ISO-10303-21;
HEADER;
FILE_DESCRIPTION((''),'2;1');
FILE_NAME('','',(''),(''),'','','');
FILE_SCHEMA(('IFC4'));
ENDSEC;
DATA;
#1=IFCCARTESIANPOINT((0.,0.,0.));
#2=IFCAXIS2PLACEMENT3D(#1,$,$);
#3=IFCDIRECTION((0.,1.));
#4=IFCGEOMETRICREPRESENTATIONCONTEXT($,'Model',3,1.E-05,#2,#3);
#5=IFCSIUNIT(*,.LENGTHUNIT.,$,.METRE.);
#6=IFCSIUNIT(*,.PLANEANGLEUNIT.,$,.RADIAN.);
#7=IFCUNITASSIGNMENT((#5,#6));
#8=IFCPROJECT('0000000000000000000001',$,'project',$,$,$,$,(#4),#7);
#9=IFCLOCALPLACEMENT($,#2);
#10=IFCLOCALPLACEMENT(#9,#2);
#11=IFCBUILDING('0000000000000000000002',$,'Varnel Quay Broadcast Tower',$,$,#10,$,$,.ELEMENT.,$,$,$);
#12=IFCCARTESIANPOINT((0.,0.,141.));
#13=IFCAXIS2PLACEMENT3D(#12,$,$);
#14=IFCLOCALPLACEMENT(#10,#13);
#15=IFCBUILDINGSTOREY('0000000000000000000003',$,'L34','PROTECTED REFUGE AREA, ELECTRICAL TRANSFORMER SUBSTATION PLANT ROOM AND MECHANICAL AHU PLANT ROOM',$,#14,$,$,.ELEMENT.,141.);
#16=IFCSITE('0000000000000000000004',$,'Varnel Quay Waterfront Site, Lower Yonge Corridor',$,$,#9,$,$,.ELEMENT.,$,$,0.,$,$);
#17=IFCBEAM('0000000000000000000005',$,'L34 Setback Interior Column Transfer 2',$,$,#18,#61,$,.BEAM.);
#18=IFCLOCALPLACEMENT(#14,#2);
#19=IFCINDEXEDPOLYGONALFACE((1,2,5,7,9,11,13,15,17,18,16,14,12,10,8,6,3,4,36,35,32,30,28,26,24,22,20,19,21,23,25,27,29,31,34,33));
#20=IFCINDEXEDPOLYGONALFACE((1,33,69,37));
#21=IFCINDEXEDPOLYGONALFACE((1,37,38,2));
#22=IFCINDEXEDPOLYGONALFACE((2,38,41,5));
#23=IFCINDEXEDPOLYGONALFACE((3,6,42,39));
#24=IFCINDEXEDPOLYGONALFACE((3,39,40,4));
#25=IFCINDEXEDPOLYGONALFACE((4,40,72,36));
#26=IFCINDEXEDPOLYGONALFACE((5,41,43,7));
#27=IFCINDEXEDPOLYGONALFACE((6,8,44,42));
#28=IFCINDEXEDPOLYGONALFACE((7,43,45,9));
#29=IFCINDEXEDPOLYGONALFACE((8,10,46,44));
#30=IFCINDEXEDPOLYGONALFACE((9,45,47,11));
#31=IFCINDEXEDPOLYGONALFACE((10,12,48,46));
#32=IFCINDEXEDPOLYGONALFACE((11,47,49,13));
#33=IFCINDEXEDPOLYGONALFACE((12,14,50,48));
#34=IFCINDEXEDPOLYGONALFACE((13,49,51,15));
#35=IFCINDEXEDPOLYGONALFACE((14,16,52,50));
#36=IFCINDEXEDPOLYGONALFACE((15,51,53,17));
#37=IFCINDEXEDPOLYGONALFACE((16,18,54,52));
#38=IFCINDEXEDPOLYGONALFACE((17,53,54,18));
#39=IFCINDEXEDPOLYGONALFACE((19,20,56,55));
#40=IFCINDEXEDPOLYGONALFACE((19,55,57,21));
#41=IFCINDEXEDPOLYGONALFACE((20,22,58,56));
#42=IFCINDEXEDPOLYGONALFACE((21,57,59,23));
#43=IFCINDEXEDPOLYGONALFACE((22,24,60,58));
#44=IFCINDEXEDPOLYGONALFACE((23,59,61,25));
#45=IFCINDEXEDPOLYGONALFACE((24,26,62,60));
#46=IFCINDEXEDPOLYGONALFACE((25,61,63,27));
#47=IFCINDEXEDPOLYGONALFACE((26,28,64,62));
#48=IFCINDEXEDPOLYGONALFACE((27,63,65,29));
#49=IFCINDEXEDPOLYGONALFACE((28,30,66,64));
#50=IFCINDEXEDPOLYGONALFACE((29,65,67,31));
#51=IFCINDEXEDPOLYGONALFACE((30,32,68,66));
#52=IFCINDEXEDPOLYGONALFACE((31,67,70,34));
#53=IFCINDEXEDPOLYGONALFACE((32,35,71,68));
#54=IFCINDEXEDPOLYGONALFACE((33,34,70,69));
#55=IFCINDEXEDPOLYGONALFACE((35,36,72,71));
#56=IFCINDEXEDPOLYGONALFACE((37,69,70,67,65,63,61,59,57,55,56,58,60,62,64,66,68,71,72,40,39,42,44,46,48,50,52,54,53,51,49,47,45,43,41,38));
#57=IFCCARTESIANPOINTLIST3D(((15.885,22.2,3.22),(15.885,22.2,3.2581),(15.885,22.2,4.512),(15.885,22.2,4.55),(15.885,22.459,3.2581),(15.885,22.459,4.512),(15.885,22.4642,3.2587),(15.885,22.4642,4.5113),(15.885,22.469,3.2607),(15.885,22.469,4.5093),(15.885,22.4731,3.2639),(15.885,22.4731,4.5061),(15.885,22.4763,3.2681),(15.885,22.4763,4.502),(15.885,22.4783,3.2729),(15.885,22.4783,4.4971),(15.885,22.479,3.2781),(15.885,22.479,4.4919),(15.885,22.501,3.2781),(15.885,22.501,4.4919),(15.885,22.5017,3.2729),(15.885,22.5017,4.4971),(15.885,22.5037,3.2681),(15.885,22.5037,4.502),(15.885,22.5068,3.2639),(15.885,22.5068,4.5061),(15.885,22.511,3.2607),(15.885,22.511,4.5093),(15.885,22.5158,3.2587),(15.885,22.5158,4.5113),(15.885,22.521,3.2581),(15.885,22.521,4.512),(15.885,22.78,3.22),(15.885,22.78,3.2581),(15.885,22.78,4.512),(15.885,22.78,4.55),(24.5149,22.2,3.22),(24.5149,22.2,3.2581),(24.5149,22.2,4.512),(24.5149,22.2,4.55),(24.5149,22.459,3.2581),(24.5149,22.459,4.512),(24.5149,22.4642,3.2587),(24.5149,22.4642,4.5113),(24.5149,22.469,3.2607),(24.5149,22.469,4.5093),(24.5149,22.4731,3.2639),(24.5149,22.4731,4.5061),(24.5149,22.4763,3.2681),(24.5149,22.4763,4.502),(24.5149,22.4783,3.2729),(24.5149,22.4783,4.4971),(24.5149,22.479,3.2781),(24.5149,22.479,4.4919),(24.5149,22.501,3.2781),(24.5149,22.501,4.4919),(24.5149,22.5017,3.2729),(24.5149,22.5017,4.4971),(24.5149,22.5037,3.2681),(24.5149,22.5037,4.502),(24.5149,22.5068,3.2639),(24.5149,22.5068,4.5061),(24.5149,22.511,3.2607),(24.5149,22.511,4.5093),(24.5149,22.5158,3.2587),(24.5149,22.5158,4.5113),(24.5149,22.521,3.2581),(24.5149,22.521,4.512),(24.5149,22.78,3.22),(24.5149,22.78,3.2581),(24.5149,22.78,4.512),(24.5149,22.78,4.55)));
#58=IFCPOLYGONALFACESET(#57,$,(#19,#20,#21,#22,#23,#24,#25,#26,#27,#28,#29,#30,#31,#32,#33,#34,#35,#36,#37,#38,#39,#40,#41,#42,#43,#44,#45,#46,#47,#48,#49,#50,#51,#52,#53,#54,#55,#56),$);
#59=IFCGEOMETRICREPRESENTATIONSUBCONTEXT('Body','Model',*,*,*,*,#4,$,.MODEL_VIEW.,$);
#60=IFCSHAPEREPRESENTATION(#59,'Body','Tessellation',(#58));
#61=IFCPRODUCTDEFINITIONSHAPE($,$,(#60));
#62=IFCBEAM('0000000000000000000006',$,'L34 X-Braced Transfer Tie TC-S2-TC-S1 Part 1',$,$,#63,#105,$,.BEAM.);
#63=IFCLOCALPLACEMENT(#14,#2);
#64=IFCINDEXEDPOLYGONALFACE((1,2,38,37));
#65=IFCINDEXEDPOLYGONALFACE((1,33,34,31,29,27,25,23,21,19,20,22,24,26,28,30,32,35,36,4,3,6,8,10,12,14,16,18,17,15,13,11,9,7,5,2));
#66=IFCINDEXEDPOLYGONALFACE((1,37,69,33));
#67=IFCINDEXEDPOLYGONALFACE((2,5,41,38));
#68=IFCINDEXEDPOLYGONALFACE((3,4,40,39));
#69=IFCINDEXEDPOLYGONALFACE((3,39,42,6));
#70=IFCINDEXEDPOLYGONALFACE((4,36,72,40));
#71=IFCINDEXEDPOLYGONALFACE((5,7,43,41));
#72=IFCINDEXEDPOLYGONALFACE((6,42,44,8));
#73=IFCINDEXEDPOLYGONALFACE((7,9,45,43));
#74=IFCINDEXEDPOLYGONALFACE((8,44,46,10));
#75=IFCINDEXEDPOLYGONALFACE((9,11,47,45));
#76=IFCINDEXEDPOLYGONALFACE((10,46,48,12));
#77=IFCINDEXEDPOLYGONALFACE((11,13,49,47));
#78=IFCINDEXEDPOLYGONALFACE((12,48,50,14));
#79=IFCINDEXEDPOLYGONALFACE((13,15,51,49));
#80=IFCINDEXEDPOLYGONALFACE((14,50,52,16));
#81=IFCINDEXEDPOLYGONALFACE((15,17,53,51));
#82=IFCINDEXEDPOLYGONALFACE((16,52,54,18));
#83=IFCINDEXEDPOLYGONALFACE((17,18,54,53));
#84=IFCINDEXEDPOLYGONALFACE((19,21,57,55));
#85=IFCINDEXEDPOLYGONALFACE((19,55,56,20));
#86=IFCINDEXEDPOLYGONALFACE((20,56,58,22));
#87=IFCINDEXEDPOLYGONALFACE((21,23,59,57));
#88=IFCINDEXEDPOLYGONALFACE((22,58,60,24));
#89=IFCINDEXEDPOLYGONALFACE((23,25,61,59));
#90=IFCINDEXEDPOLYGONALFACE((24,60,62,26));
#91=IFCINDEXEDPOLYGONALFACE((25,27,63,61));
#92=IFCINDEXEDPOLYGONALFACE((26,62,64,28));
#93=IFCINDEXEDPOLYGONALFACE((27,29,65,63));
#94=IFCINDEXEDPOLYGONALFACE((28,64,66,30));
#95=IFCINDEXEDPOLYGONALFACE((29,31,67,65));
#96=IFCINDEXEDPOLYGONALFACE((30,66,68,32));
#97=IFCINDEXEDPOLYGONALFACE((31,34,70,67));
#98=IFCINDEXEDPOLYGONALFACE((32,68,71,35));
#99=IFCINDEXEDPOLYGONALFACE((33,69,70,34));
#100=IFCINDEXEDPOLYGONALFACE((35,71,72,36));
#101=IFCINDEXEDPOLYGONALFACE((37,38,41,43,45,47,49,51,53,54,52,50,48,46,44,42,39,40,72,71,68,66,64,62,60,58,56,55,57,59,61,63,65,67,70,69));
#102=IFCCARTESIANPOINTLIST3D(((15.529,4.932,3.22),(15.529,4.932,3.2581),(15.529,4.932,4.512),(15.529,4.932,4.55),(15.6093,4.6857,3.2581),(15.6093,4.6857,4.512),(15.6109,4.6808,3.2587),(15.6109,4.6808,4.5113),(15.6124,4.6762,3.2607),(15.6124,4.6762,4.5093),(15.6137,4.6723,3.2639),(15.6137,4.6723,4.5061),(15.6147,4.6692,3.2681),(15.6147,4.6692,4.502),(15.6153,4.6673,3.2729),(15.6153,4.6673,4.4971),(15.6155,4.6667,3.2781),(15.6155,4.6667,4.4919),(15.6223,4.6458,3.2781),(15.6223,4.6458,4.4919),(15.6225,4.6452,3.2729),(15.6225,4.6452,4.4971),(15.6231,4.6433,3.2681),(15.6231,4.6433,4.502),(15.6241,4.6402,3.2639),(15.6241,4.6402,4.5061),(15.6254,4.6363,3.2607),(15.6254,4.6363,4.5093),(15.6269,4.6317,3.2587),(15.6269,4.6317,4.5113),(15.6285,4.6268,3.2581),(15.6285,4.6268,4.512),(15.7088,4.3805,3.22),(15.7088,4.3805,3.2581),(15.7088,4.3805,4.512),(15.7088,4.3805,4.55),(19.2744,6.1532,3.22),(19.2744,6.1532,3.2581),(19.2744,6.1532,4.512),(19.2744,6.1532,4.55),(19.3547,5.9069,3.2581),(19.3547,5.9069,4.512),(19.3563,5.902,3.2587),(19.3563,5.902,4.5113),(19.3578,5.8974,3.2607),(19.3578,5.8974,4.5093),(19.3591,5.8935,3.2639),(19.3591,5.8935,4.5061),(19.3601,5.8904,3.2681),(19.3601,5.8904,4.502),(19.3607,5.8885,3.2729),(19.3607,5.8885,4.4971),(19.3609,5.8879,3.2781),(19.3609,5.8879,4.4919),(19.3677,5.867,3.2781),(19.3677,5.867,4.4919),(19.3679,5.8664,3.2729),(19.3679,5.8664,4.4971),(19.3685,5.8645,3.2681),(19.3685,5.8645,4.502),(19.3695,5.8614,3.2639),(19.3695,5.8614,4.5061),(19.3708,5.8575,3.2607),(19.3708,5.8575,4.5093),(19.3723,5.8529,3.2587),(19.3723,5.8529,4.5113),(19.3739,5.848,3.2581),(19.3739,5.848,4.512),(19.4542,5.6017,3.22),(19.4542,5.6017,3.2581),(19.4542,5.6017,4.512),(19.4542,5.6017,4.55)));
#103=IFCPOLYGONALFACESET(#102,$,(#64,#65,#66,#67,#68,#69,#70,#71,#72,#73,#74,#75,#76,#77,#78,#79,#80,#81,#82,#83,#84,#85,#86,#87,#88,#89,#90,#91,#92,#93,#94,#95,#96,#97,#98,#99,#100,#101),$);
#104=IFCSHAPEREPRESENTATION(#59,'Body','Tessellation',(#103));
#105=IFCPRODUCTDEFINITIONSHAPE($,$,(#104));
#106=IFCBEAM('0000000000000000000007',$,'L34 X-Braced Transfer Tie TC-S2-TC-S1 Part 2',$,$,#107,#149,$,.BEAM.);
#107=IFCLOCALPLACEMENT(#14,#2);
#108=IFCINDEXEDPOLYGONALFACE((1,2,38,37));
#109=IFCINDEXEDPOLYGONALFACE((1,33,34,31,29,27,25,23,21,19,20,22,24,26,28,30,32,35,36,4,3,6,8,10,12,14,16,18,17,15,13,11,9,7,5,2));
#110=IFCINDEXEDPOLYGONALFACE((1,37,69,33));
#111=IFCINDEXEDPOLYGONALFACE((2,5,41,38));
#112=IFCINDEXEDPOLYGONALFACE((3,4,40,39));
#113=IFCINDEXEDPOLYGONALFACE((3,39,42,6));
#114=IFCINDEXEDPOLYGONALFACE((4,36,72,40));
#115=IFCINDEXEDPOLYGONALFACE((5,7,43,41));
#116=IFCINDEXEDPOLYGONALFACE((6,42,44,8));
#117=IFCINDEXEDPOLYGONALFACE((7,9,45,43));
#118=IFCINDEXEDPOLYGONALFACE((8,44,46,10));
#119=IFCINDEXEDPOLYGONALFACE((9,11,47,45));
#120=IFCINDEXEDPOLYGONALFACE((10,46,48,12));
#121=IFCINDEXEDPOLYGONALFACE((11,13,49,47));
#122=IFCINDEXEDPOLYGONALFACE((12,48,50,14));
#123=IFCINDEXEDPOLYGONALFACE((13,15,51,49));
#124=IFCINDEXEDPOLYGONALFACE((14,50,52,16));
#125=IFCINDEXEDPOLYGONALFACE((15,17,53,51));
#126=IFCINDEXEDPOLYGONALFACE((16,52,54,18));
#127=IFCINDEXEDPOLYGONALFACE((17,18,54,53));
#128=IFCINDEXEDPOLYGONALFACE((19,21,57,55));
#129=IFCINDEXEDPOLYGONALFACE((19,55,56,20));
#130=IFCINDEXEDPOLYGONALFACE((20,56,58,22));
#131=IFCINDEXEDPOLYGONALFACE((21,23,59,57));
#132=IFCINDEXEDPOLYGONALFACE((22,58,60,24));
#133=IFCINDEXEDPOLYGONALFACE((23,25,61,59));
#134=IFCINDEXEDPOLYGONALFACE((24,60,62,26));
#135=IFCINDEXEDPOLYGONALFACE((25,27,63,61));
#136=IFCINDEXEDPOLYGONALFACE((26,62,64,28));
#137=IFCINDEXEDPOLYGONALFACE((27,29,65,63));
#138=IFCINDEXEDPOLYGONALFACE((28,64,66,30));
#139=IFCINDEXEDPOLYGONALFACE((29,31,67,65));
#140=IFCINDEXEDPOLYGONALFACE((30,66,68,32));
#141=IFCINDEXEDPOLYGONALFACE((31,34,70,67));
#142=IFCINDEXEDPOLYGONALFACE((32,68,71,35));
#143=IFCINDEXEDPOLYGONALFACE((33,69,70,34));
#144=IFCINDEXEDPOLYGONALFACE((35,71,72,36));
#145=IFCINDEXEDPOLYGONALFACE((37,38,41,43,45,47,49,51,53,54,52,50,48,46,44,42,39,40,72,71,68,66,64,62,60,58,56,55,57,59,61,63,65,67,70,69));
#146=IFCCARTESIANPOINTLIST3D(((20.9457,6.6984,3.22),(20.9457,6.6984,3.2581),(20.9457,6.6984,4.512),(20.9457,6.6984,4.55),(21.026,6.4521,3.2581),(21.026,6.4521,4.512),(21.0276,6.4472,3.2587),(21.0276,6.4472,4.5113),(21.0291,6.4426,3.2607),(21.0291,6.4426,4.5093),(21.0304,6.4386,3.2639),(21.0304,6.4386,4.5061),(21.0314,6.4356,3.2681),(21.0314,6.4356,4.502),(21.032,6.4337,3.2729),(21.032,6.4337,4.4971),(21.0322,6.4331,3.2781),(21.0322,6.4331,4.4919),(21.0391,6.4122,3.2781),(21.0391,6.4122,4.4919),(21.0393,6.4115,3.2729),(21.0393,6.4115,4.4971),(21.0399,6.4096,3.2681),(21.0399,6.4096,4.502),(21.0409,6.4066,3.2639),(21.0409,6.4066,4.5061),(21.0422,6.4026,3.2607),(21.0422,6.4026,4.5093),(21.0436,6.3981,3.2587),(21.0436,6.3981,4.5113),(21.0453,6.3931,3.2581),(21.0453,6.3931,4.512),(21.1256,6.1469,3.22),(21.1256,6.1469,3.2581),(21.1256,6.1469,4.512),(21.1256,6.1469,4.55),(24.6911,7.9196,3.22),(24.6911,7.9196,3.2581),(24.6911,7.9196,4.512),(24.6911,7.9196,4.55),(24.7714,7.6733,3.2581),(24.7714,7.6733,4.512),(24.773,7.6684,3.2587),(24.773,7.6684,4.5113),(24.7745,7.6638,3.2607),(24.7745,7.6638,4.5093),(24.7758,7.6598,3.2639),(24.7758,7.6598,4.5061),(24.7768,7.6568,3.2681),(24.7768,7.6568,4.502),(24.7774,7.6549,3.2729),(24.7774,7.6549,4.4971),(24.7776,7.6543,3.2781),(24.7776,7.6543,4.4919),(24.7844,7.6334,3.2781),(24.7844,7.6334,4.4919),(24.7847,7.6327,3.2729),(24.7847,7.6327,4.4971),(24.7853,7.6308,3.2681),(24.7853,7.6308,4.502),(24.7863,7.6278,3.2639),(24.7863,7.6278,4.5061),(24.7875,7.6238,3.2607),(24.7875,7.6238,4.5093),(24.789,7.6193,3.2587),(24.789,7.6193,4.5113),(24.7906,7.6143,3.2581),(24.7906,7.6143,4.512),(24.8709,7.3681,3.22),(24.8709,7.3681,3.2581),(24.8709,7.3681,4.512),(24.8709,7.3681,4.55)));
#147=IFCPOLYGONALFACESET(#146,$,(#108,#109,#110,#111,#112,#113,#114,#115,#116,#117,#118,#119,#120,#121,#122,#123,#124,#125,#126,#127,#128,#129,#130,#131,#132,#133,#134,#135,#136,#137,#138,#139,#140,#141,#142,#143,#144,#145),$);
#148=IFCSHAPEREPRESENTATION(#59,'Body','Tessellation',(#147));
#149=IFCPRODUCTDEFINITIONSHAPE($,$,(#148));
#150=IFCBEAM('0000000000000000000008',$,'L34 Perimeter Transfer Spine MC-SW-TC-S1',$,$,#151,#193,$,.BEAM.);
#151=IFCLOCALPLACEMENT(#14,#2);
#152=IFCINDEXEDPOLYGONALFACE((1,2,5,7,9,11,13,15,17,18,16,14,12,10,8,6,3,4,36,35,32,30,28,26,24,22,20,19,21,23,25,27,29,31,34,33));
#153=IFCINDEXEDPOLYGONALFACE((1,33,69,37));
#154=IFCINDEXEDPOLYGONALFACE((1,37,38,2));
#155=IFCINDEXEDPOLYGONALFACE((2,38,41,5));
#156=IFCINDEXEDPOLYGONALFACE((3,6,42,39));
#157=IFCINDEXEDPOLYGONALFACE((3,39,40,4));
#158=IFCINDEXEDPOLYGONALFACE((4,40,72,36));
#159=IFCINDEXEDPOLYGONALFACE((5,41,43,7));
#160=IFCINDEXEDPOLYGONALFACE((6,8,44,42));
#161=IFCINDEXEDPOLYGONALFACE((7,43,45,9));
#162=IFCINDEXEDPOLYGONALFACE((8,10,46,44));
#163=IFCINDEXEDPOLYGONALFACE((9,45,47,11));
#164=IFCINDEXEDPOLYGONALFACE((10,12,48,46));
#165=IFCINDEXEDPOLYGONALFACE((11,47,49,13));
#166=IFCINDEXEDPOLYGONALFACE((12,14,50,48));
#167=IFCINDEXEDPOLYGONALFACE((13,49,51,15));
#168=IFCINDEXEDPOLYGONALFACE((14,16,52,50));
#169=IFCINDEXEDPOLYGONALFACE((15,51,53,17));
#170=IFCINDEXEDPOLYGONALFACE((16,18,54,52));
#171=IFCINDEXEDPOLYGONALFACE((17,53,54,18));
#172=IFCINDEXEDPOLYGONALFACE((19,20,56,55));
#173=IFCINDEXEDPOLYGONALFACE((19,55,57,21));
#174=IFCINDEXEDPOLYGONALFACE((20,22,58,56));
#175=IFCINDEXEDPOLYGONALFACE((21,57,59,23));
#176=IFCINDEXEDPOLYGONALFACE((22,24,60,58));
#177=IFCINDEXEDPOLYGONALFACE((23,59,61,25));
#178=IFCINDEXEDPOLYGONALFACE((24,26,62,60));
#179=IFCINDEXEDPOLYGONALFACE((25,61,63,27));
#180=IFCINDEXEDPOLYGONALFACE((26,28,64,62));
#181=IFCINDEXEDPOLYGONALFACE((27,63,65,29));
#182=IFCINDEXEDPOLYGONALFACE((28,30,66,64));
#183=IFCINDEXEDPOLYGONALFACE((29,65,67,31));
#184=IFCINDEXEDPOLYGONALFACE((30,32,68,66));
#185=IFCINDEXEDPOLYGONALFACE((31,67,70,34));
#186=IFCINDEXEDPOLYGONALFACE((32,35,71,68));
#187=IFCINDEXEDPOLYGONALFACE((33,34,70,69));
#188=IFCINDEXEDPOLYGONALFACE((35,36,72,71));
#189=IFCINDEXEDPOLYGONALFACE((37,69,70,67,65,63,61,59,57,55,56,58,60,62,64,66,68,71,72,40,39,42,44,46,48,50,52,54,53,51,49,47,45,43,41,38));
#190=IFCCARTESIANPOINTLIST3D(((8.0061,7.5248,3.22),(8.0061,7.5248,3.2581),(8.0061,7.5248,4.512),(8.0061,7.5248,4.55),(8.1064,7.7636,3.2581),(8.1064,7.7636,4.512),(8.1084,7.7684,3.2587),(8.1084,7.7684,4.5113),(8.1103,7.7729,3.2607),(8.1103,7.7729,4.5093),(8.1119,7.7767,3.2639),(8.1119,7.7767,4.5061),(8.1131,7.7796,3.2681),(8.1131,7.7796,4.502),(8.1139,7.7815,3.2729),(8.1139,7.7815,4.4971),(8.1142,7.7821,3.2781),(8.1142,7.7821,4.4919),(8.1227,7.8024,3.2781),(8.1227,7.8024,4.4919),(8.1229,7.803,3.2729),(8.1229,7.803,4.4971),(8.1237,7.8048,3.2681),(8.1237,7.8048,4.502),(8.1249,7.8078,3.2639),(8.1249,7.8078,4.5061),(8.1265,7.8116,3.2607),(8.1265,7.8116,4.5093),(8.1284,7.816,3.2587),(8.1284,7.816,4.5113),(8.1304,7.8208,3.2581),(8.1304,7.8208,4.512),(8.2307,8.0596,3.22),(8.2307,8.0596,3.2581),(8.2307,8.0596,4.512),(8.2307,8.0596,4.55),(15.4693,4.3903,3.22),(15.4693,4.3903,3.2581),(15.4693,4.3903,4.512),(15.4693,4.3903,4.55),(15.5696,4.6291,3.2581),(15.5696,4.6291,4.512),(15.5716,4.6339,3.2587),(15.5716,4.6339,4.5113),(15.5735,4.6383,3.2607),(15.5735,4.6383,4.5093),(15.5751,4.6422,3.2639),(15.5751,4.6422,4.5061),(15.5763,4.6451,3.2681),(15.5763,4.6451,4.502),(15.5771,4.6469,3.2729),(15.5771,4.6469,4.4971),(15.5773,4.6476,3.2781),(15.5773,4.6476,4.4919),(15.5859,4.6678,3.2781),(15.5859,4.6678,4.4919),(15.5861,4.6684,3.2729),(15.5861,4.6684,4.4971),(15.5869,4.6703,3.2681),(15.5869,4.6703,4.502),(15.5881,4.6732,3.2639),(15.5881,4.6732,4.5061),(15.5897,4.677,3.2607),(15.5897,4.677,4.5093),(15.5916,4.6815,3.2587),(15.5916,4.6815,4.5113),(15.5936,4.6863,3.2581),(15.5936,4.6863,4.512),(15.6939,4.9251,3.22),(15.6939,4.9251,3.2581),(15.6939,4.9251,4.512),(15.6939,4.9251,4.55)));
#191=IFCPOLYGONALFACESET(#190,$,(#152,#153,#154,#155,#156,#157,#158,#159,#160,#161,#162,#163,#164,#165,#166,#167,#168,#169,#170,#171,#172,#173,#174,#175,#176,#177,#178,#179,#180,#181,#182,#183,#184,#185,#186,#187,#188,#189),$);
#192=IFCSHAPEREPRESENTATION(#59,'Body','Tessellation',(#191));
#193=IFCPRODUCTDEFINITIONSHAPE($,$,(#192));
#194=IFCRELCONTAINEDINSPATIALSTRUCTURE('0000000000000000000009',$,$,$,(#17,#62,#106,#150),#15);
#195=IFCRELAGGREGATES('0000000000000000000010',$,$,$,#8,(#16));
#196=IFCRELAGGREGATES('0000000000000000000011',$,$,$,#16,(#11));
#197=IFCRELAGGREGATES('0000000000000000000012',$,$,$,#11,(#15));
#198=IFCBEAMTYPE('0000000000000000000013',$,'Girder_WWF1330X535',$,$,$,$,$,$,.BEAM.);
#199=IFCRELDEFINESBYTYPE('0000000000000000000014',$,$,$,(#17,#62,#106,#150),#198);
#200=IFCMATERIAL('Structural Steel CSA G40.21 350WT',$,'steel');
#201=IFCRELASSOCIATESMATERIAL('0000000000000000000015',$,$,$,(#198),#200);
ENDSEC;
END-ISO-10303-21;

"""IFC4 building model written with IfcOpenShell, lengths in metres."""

from ifc_helpers import new_model, si_unit, direction, frame, origin, origin_2d, place, context, subcontext, project, spatial, i_section, extrude, source, transform, mapped, material, material_profile, profile_set, type_object, element, save


model = new_model("IFC4")

# Units and contexts
model_context = context("Model", 3, precision=1e-05, world=origin(), true_north=direction((0.0, 1.0)))
body_context = subcontext(model_context, "Body", "Model", "MODEL_VIEW")
ifc_project = project(units=[si_unit("LENGTHUNIT", "METRE"), si_unit("PLANEANGLEUNIT", "RADIAN")], contexts=[model_context])

# Site, building, storey
site_placement = place(None, origin())
site = spatial("IfcSite", under=ifc_project, at=site_placement, Name="Varnel Quay Waterfront Site, Lower Yonge Corridor", CompositionType="ELEMENT", RefElevation=0.0)
building_placement = place(site_placement, origin())
building = spatial("IfcBuilding", under=site, at=building_placement, Name="Varnel Quay Broadcast Tower", CompositionType="ELEMENT")
storey_placement = place(building_placement, frame((0.0, 0.0, 141.0)))
storey = spatial("IfcBuildingStorey", under=building, at=storey_placement, Name="L34", Description="PROTECTED REFUGE AREA, ELECTRICAL TRANSFORMER SUBSTATION PLANT ROOM AND MECHANICAL AHU PLANT ROOM", CompositionType="ELEMENT", Elevation=141.0)

# Beams
ifc_material_1 = material(Name="Structural Steel CSA G40.21 350WT", Category="steel")
ifc_material_profile_1 = material_profile(ifc_material_1, i_section(OverallWidth=0.5801, OverallDepth=1.3301, WebThickness=0.022, FlangeThickness=0.0381, FilletRadius=0.02, at=origin_2d()), Name="WWF1330X535")
ifc_profile_set_1 = profile_set([ifc_material_profile_1], Name="Structural Steel CSA G40.21 350WT")
beam_type_1 = type_object("IfcBeamType", Name="Girder_WWF1330X535", PredefinedType="BEAM", material=ifc_profile_set_1)
shared_shape_1 = source(origin(), body_context, "Body", "SweptSolid", [
    extrude(i_section(OverallWidth=0.5801, OverallDepth=1.3301, WebThickness=0.022, FlangeThickness=0.0381, FilletRadius=0.02, at=origin_2d()), origin(), (0.0, 0.0, 1.0), 8.6299),
])
beam_1_placement = place(storey_placement, frame((15.885, 22.49, 3.885), z_axis=(1.0, 0.0, 0.0), x_axis=(0.0, 1.0, 0.0)))
element("IfcBeam", 1, at=beam_1_placement, inside=storey, type_object=beam_type_1, Name="L34 Setback Interior Column Transfer 2", PredefinedType="BEAM", context=body_context, shape_type="MappedRepresentation", body=[
    mapped(shared_shape_1, transform((0.0, 0.0, 0.0), x_axis=(1.0, 0.0, 0.0), y_axis=(0.0, 1.0, 0.0), z_axis=(0.0, 0.0, 1.0), scale=1.0)),
])
shared_shape_2 = source(origin(), body_context, "Body", "SweptSolid", [
    extrude(i_section(OverallWidth=0.5801, OverallDepth=1.3301, WebThickness=0.022, FlangeThickness=0.0381, FilletRadius=0.02, at=origin_2d()), origin(), (0.0, 0.0, 1.0), 3.9395),
])
for number, where, z_axis, x_axis, name in (
    (2, (15.6189, 4.6562, 3.885), (0.950739, 0.309993, 0.0), (-0.309993, 0.950739, 0.0), "L34 X-Braced Transfer Tie TC-S2-TC-S1 Part 1"),
    (3, (21.0356, 6.4226, 3.885), (0.950739, 0.309993, 0.0), (-0.309993, 0.950739, 0.0), "L34 X-Braced Transfer Tie TC-S2-TC-S1 Part 2"),
):
    element("IfcBeam", number, at=place(storey_placement, frame(where, z_axis=z_axis, x_axis=x_axis)), inside=storey, type_object=beam_type_1, Name=name, PredefinedType="BEAM", context=body_context, shape_type="MappedRepresentation", body=[
        mapped(shared_shape_2, transform((0.0, 0.0, 0.0), x_axis=(1.0, 0.0, 0.0), y_axis=(0.0, 1.0, 0.0), z_axis=(0.0, 0.0, 1.0), scale=1.0)),
    ])
shared_shape_3 = source(origin(), body_context, "Body", "SweptSolid", [
    extrude(i_section(OverallWidth=0.5801, OverallDepth=1.3301, WebThickness=0.022, FlangeThickness=0.0381, FilletRadius=0.02, at=origin_2d()), origin(), (0.0, 0.0, 1.0), 8.0947),
])
beam_2_placement = place(storey_placement, frame((8.1184, 7.7922, 3.885), z_axis=(0.921982, -0.387233, 0.0), x_axis=(0.387233, 0.921982, 0.0)))
element("IfcBeam", 4, at=beam_2_placement, inside=storey, type_object=beam_type_1, Name="L34 Perimeter Transfer Spine MC-SW-TC-S1", PredefinedType="BEAM", context=body_context, shape_type="MappedRepresentation", body=[
    mapped(shared_shape_3, transform((0.0, 0.0, 0.0), x_axis=(1.0, 0.0, 0.0), y_axis=(0.0, 1.0, 0.0), z_axis=(0.0, 0.0, 1.0), scale=1.0)),
])

save(model, "model.ifc")
